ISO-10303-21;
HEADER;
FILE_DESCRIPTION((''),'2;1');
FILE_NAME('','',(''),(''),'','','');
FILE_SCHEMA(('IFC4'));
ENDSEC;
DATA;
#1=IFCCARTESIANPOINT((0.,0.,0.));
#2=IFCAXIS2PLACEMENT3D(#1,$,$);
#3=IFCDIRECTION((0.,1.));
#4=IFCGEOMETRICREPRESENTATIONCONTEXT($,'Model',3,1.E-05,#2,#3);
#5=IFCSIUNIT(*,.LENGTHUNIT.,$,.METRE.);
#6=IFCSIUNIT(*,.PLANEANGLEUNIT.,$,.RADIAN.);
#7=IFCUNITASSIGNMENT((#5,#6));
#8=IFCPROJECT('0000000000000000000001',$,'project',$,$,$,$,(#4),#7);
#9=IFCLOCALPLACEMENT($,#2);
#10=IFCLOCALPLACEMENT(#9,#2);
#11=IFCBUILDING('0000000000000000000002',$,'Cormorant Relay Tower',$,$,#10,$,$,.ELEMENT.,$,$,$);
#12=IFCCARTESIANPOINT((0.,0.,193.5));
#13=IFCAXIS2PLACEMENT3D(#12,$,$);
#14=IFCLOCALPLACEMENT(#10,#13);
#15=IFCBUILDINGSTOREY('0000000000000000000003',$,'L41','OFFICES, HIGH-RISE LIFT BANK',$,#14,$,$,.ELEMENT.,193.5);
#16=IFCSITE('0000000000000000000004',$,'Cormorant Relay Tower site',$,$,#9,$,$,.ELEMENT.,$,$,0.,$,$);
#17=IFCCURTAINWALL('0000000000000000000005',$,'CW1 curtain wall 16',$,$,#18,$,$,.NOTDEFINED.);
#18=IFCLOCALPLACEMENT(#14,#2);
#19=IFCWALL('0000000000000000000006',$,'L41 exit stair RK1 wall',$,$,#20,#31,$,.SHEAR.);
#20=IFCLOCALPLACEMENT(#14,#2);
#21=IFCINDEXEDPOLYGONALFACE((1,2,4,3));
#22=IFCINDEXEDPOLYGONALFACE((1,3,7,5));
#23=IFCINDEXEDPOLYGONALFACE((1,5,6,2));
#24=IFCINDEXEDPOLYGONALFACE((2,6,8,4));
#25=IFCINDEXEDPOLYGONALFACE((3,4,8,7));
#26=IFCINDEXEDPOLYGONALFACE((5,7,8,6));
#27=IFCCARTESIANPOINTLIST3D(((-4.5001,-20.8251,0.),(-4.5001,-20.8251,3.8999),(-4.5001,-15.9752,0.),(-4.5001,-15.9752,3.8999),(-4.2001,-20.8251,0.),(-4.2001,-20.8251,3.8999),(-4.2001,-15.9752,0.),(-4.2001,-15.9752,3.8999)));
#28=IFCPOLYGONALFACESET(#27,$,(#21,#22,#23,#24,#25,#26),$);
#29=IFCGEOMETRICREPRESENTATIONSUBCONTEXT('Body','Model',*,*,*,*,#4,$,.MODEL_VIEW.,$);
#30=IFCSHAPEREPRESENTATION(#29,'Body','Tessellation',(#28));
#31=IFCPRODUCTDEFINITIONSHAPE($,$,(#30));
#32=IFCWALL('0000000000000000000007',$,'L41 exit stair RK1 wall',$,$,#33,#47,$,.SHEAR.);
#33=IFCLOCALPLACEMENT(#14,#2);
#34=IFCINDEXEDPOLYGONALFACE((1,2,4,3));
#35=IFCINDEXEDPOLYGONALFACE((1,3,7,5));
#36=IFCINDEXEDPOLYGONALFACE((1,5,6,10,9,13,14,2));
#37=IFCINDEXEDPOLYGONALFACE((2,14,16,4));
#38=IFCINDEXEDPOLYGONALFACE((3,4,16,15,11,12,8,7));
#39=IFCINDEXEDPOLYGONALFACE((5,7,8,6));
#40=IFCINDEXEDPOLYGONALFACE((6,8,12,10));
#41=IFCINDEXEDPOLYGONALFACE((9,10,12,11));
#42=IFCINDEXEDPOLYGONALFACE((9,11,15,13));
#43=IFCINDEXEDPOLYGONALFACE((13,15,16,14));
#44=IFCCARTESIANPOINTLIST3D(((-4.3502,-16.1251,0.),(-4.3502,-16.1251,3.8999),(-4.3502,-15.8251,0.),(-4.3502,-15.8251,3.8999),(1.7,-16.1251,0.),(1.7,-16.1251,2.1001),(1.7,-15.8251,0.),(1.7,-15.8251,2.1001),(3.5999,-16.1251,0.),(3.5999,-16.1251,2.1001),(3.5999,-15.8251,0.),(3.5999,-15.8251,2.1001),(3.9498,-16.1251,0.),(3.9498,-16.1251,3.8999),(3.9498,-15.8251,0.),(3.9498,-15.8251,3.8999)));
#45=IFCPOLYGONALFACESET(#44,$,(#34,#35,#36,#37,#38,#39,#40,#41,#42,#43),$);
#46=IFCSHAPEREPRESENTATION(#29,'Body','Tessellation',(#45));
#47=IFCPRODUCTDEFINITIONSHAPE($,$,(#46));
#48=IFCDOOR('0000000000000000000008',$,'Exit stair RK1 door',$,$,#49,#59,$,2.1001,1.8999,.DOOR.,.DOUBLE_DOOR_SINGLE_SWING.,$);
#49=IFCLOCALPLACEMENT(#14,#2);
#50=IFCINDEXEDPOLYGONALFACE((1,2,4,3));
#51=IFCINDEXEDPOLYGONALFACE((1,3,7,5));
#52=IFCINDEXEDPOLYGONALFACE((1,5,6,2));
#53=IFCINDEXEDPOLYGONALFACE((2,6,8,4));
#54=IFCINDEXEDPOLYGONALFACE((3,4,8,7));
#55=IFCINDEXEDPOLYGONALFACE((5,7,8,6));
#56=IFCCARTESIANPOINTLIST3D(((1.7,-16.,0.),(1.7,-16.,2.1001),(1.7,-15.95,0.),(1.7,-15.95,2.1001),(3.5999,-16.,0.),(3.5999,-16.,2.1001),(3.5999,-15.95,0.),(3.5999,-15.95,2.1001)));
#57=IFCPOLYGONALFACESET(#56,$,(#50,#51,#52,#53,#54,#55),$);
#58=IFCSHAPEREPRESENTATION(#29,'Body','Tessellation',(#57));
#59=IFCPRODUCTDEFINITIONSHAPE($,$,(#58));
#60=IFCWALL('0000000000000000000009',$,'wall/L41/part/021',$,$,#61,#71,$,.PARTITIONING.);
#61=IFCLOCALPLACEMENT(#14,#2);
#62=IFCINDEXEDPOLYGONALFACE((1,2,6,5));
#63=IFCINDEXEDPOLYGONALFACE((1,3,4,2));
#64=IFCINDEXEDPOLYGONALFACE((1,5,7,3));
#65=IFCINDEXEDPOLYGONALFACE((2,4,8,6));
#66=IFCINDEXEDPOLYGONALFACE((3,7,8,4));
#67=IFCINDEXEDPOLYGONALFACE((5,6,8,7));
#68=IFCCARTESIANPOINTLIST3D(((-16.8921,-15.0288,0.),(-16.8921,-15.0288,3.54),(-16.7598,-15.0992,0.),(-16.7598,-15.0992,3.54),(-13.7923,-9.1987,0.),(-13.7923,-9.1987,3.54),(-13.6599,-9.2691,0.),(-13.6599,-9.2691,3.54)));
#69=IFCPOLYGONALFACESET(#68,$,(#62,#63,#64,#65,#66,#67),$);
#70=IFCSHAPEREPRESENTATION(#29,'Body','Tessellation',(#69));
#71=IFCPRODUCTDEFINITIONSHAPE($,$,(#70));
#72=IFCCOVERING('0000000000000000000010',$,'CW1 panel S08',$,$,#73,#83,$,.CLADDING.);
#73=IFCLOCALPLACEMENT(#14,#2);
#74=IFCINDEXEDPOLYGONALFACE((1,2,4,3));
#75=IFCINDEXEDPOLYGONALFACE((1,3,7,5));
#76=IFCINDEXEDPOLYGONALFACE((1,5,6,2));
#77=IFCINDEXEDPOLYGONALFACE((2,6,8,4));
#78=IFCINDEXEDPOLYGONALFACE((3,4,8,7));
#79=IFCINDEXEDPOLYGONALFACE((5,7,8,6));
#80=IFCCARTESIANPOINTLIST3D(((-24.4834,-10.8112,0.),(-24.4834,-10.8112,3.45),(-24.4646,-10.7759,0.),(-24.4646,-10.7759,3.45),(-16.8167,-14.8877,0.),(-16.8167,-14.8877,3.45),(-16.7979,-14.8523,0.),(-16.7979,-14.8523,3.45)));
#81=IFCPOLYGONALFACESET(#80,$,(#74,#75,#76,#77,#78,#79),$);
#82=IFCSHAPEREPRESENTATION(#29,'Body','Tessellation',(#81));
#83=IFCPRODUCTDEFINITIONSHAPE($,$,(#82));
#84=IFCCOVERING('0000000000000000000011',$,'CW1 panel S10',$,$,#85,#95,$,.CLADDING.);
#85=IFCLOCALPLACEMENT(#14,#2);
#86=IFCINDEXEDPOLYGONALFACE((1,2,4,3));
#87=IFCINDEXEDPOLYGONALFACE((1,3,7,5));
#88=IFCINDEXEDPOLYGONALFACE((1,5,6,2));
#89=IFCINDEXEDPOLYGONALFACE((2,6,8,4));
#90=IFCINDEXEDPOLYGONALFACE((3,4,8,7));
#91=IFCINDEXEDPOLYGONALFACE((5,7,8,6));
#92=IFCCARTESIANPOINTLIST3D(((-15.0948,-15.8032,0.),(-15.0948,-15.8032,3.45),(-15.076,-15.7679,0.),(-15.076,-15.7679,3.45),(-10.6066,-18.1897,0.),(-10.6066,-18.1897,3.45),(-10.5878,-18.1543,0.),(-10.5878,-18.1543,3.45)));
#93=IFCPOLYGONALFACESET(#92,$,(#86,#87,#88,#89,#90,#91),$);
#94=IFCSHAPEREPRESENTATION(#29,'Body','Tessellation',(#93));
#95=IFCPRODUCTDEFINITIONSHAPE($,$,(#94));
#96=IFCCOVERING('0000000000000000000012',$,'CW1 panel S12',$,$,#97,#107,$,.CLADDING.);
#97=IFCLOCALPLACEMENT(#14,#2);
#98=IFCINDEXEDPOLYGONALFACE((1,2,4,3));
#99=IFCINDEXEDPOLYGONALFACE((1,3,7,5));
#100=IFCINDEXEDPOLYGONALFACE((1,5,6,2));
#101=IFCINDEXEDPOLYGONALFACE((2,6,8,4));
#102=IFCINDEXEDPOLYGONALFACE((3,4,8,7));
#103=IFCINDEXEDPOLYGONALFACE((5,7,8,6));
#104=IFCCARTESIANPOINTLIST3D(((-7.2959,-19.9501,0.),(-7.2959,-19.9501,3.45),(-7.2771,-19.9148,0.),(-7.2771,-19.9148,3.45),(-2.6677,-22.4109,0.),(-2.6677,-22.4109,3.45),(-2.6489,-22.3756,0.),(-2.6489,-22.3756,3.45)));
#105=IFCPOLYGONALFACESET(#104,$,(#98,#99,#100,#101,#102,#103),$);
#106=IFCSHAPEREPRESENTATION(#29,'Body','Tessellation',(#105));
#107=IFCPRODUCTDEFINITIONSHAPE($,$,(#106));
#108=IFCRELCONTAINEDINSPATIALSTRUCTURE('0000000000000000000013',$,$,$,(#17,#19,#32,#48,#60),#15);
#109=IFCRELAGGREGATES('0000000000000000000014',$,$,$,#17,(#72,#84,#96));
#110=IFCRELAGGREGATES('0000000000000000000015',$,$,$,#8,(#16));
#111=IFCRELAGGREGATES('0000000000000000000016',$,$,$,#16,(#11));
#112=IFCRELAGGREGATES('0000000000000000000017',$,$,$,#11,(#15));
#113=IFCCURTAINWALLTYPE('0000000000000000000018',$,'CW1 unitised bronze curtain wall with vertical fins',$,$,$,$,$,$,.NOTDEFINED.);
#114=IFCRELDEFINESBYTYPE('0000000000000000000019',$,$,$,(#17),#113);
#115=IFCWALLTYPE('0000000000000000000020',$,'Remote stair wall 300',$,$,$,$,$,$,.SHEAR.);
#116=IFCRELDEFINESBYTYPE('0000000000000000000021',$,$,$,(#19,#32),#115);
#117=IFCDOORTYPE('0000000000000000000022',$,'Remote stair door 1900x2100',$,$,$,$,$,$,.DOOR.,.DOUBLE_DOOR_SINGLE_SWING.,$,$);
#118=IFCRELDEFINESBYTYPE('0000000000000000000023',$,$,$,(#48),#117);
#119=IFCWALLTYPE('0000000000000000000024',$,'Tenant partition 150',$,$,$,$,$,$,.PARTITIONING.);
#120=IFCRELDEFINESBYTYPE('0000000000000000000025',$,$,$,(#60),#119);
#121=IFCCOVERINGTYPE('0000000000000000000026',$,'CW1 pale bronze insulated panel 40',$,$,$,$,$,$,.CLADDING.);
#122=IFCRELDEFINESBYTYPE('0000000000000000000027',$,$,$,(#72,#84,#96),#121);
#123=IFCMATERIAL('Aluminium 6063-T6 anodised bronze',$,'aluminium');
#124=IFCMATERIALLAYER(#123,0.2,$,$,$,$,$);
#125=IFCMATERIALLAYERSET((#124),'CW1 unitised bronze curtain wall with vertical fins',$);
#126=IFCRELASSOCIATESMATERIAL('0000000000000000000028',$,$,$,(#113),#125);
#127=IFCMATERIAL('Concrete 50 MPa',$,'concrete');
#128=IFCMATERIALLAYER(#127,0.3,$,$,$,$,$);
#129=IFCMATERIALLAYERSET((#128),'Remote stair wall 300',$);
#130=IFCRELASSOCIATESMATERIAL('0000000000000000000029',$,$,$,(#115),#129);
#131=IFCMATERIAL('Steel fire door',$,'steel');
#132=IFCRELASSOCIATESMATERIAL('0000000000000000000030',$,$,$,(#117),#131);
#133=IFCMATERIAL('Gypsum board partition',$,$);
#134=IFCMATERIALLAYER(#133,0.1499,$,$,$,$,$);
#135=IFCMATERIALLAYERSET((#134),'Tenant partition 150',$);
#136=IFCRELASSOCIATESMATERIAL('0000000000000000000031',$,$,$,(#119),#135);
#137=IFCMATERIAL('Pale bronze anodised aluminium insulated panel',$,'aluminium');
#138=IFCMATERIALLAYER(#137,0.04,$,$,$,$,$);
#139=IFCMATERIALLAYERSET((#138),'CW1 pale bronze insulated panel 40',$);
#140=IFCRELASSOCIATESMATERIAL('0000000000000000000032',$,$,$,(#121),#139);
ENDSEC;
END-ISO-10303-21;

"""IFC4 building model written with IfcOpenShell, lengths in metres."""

from ifc_helpers import new_model, si_unit, direction, frame, frame_2d, origin, origin_2d, place, context, subcontext, project, spatial, rectangle, extrude, material, layer, layer_set, type_object, element, fill, aggregate, save


model = new_model("IFC4")

# Units and contexts
model_context = context("Model", 3, precision=1e-05, world=origin(), true_north=direction((0.0, 1.0)))
body_context = subcontext(model_context, "Body", "Model", "MODEL_VIEW")
ifc_project = project(units=[si_unit("LENGTHUNIT", "METRE"), si_unit("PLANEANGLEUNIT", "RADIAN")], contexts=[model_context])

# Site, building, storey
site_placement = place(None, origin())
site = spatial("IfcSite", under=ifc_project, at=site_placement, Name="Cormorant Relay Tower site", CompositionType="ELEMENT", RefElevation=0.0)
building_placement = place(site_placement, origin())
building = spatial("IfcBuilding", under=site, at=building_placement, Name="Cormorant Relay Tower", CompositionType="ELEMENT")
storey_placement = place(building_placement, frame((0.0, 0.0, 193.5)))
storey = spatial("IfcBuildingStorey", under=building, at=storey_placement, Name="L41", Description="OFFICES, HIGH-RISE LIFT BANK", CompositionType="ELEMENT", Elevation=193.5)

# Shared definitions
ifc_material_1 = material(Name="Aluminium 6063-T6 anodised bronze", Category="aluminium")
ifc_layer_1 = layer(ifc_material_1, 0.2)
ifc_layer_set_1 = layer_set([ifc_layer_1], Name="CW1 unitised bronze curtain wall with vertical fins")
curtain_wall_type = type_object("IfcCurtainWallType", Name="CW1 unitised bronze curtain wall with vertical fins", PredefinedType="NOTDEFINED", material=ifc_layer_set_1)

# Curtain wall
curtain_wall_1_placement = place(storey_placement, origin())
curtain_wall_1 = element("IfcCurtainWall", 1, at=curtain_wall_1_placement, inside=storey, type_object=curtain_wall_type, Name="CW1 curtain wall 16", PredefinedType="NOTDEFINED")

# Wall
ifc_material_2 = material(Name="Concrete 50 MPa", Category="concrete")
ifc_layer_2 = layer(ifc_material_2, 0.3)
ifc_layer_set_2 = layer_set([ifc_layer_2], Name="Remote stair wall 300")
wall_type_1 = type_object("IfcWallType", Name="Remote stair wall 300", PredefinedType="SHEAR", material=ifc_layer_set_2)
wall_1_placement = place(storey_placement, frame((-4.3501, -20.825, 0.0), z_axis=(0.0, 0.0, 1.0), x_axis=(0.0, 1.0, 0.0)))
element("IfcWall", 2, at=wall_1_placement, inside=storey, type_object=wall_type_1, Name="L41 exit stair RK1 wall", PredefinedType="SHEAR", context=body_context, shape_type="SweptSolid", body=[
    extrude(rectangle(XDim=4.8499, YDim=0.3, at=frame_2d((2.4248, 0.0))), origin(), (0.0, 0.0, 1.0), 3.8999),
])

# Wall, opening, door
wall_2_placement = place(storey_placement, frame((-4.3501, -15.9751, 0.0), z_axis=(0.0, 0.0, 1.0), x_axis=(1.0, 0.0, 0.0)))
wall_2 = element("IfcWall", 3, at=wall_2_placement, inside=storey, type_object=wall_type_1, Name="L41 exit stair RK1 wall", PredefinedType="SHEAR", context=body_context, shape_type="SweptSolid", body=[
    extrude(rectangle(XDim=8.3, YDim=0.3, at=frame_2d((4.1499, 0.0))), origin(), (0.0, 0.0, 1.0), 3.8999),
])
opening_1_placement = place(wall_2_placement, frame((6.05, 0.0, 0.0)))
opening_1 = element("IfcOpeningElement", 4, at=opening_1_placement, cuts=wall_2, PredefinedType="OPENING", context=body_context, shape_type="SweptSolid", body=[
    extrude(rectangle(XDim=1.8999, YDim=2.1001, at=frame_2d((0.95, 1.05))), frame((0.0, 0.1599, 0.0), z_axis=(0.0, -1.0, 0.0), x_axis=(1.0, 0.0, 0.0)), (0.0, 0.0, 1.0), 0.3201),
])
ifc_material_3 = material(Name="Steel fire door", Category="steel")
door_type_1 = type_object("IfcDoorType", Name="Remote stair door 1900x2100", OperationType="DOUBLE_DOOR_SINGLE_SWING", PredefinedType="DOOR", material=ifc_material_3)
door_1_placement = place(opening_1_placement, frame((1.8999, 0.0, 0.0), z_axis=(0.0, 0.0, 1.0), x_axis=(-1.0, 0.0, 0.0)))
door_1 = element("IfcDoor", 5, at=door_1_placement, inside=storey, type_object=door_type_1, Name="Exit stair RK1 door", OperationType="DOUBLE_DOOR_SINGLE_SWING", OverallHeight=2.1001, OverallWidth=1.8999, PredefinedType="DOOR", context=body_context, shape_type="SweptSolid", body=[
    extrude(rectangle(XDim=1.8999, YDim=2.1001, at=frame_2d((0.95, 1.05))), frame((0.0, 0.0249, 0.0), z_axis=(0.0, -1.0, 0.0), x_axis=(1.0, 0.0, 0.0)), (0.0, 0.0, 1.0), 0.05),
])
fill(opening_1, door_1)

# Wall
ifc_material_4 = material(Name="Gypsum board partition")
ifc_layer_3 = layer(ifc_material_4, 0.1499)
ifc_layer_set_3 = layer_set([ifc_layer_3], Name="Tenant partition 150")
wall_type_2 = type_object("IfcWallType", Name="Tenant partition 150", PredefinedType="PARTITIONING", material=ifc_layer_set_3)
wall_3_placement = place(storey_placement, frame((-13.7261, -9.2339, 0.0), z_axis=(0.0, 0.0, 1.0), x_axis=(-0.469465, -0.882951, 0.0)))
element("IfcWall", 6, at=wall_3_placement, inside=storey, type_object=wall_type_2, Name="wall/L41/part/021", PredefinedType="PARTITIONING", context=body_context, shape_type="SweptSolid", body=[
    extrude(rectangle(XDim=6.603, YDim=0.1499, at=frame_2d((3.3015, 0.0))), origin(), (0.0, 0.0, 1.0), 3.54),
])

# Coverings
ifc_material_5 = material(Name="Pale bronze anodised aluminium insulated panel", Category="aluminium")
ifc_layer_4 = layer(ifc_material_5, 0.04)
ifc_layer_set_4 = layer_set([ifc_layer_4], Name="CW1 pale bronze insulated panel 40")
covering_type = type_object("IfcCoveringType", Name="CW1 pale bronze insulated panel 40", PredefinedType="CLADDING", material=ifc_layer_set_4)
covering_1_placement = place(storey_placement, frame((-20.6406, -12.8318, 0.0), z_axis=(0.0, 0.0, 1.0), x_axis=(0.882948, -0.469472, 0.0)))
covering_1 = element("IfcCovering", 7, at=covering_1_placement, type_object=covering_type, Name="CW1 panel S08", PredefinedType="CLADDING", context=body_context, shape_type="SweptSolid", body=[
    extrude(rectangle(XDim=8.6831, YDim=0.04, at=origin_2d()), origin(), (0.0, 0.0, 1.0), 3.45),
])
covering_2_placement = place(storey_placement, frame((-12.8413, -16.9788, 0.0), z_axis=(0.0, 0.0, 1.0), x_axis=(0.882948, -0.469472, 0.0)))
covering_2 = element("IfcCovering", 8, at=covering_2_placement, type_object=covering_type, Name="CW1 panel S10", PredefinedType="CLADDING", context=body_context, shape_type="SweptSolid", body=[
    extrude(rectangle(XDim=5.0833, YDim=0.04, at=origin_2d()), origin(), (0.0, 0.0, 1.0), 3.45),
])
covering_3_placement = place(storey_placement, frame((-4.9724, -21.1628, 0.0), z_axis=(0.0, 0.0, 1.0), x_axis=(0.882948, -0.469472, 0.0)))
covering_3 = element("IfcCovering", 9, at=covering_3_placement, type_object=covering_type, Name="CW1 panel S12", PredefinedType="CLADDING", context=body_context, shape_type="SweptSolid", body=[
    extrude(rectangle(XDim=5.2417, YDim=0.04, at=origin_2d()), origin(), (0.0, 0.0, 1.0), 3.45),
])
aggregate(curtain_wall_1, [covering_1, covering_2, covering_3])

save(model, "model.ifc")
